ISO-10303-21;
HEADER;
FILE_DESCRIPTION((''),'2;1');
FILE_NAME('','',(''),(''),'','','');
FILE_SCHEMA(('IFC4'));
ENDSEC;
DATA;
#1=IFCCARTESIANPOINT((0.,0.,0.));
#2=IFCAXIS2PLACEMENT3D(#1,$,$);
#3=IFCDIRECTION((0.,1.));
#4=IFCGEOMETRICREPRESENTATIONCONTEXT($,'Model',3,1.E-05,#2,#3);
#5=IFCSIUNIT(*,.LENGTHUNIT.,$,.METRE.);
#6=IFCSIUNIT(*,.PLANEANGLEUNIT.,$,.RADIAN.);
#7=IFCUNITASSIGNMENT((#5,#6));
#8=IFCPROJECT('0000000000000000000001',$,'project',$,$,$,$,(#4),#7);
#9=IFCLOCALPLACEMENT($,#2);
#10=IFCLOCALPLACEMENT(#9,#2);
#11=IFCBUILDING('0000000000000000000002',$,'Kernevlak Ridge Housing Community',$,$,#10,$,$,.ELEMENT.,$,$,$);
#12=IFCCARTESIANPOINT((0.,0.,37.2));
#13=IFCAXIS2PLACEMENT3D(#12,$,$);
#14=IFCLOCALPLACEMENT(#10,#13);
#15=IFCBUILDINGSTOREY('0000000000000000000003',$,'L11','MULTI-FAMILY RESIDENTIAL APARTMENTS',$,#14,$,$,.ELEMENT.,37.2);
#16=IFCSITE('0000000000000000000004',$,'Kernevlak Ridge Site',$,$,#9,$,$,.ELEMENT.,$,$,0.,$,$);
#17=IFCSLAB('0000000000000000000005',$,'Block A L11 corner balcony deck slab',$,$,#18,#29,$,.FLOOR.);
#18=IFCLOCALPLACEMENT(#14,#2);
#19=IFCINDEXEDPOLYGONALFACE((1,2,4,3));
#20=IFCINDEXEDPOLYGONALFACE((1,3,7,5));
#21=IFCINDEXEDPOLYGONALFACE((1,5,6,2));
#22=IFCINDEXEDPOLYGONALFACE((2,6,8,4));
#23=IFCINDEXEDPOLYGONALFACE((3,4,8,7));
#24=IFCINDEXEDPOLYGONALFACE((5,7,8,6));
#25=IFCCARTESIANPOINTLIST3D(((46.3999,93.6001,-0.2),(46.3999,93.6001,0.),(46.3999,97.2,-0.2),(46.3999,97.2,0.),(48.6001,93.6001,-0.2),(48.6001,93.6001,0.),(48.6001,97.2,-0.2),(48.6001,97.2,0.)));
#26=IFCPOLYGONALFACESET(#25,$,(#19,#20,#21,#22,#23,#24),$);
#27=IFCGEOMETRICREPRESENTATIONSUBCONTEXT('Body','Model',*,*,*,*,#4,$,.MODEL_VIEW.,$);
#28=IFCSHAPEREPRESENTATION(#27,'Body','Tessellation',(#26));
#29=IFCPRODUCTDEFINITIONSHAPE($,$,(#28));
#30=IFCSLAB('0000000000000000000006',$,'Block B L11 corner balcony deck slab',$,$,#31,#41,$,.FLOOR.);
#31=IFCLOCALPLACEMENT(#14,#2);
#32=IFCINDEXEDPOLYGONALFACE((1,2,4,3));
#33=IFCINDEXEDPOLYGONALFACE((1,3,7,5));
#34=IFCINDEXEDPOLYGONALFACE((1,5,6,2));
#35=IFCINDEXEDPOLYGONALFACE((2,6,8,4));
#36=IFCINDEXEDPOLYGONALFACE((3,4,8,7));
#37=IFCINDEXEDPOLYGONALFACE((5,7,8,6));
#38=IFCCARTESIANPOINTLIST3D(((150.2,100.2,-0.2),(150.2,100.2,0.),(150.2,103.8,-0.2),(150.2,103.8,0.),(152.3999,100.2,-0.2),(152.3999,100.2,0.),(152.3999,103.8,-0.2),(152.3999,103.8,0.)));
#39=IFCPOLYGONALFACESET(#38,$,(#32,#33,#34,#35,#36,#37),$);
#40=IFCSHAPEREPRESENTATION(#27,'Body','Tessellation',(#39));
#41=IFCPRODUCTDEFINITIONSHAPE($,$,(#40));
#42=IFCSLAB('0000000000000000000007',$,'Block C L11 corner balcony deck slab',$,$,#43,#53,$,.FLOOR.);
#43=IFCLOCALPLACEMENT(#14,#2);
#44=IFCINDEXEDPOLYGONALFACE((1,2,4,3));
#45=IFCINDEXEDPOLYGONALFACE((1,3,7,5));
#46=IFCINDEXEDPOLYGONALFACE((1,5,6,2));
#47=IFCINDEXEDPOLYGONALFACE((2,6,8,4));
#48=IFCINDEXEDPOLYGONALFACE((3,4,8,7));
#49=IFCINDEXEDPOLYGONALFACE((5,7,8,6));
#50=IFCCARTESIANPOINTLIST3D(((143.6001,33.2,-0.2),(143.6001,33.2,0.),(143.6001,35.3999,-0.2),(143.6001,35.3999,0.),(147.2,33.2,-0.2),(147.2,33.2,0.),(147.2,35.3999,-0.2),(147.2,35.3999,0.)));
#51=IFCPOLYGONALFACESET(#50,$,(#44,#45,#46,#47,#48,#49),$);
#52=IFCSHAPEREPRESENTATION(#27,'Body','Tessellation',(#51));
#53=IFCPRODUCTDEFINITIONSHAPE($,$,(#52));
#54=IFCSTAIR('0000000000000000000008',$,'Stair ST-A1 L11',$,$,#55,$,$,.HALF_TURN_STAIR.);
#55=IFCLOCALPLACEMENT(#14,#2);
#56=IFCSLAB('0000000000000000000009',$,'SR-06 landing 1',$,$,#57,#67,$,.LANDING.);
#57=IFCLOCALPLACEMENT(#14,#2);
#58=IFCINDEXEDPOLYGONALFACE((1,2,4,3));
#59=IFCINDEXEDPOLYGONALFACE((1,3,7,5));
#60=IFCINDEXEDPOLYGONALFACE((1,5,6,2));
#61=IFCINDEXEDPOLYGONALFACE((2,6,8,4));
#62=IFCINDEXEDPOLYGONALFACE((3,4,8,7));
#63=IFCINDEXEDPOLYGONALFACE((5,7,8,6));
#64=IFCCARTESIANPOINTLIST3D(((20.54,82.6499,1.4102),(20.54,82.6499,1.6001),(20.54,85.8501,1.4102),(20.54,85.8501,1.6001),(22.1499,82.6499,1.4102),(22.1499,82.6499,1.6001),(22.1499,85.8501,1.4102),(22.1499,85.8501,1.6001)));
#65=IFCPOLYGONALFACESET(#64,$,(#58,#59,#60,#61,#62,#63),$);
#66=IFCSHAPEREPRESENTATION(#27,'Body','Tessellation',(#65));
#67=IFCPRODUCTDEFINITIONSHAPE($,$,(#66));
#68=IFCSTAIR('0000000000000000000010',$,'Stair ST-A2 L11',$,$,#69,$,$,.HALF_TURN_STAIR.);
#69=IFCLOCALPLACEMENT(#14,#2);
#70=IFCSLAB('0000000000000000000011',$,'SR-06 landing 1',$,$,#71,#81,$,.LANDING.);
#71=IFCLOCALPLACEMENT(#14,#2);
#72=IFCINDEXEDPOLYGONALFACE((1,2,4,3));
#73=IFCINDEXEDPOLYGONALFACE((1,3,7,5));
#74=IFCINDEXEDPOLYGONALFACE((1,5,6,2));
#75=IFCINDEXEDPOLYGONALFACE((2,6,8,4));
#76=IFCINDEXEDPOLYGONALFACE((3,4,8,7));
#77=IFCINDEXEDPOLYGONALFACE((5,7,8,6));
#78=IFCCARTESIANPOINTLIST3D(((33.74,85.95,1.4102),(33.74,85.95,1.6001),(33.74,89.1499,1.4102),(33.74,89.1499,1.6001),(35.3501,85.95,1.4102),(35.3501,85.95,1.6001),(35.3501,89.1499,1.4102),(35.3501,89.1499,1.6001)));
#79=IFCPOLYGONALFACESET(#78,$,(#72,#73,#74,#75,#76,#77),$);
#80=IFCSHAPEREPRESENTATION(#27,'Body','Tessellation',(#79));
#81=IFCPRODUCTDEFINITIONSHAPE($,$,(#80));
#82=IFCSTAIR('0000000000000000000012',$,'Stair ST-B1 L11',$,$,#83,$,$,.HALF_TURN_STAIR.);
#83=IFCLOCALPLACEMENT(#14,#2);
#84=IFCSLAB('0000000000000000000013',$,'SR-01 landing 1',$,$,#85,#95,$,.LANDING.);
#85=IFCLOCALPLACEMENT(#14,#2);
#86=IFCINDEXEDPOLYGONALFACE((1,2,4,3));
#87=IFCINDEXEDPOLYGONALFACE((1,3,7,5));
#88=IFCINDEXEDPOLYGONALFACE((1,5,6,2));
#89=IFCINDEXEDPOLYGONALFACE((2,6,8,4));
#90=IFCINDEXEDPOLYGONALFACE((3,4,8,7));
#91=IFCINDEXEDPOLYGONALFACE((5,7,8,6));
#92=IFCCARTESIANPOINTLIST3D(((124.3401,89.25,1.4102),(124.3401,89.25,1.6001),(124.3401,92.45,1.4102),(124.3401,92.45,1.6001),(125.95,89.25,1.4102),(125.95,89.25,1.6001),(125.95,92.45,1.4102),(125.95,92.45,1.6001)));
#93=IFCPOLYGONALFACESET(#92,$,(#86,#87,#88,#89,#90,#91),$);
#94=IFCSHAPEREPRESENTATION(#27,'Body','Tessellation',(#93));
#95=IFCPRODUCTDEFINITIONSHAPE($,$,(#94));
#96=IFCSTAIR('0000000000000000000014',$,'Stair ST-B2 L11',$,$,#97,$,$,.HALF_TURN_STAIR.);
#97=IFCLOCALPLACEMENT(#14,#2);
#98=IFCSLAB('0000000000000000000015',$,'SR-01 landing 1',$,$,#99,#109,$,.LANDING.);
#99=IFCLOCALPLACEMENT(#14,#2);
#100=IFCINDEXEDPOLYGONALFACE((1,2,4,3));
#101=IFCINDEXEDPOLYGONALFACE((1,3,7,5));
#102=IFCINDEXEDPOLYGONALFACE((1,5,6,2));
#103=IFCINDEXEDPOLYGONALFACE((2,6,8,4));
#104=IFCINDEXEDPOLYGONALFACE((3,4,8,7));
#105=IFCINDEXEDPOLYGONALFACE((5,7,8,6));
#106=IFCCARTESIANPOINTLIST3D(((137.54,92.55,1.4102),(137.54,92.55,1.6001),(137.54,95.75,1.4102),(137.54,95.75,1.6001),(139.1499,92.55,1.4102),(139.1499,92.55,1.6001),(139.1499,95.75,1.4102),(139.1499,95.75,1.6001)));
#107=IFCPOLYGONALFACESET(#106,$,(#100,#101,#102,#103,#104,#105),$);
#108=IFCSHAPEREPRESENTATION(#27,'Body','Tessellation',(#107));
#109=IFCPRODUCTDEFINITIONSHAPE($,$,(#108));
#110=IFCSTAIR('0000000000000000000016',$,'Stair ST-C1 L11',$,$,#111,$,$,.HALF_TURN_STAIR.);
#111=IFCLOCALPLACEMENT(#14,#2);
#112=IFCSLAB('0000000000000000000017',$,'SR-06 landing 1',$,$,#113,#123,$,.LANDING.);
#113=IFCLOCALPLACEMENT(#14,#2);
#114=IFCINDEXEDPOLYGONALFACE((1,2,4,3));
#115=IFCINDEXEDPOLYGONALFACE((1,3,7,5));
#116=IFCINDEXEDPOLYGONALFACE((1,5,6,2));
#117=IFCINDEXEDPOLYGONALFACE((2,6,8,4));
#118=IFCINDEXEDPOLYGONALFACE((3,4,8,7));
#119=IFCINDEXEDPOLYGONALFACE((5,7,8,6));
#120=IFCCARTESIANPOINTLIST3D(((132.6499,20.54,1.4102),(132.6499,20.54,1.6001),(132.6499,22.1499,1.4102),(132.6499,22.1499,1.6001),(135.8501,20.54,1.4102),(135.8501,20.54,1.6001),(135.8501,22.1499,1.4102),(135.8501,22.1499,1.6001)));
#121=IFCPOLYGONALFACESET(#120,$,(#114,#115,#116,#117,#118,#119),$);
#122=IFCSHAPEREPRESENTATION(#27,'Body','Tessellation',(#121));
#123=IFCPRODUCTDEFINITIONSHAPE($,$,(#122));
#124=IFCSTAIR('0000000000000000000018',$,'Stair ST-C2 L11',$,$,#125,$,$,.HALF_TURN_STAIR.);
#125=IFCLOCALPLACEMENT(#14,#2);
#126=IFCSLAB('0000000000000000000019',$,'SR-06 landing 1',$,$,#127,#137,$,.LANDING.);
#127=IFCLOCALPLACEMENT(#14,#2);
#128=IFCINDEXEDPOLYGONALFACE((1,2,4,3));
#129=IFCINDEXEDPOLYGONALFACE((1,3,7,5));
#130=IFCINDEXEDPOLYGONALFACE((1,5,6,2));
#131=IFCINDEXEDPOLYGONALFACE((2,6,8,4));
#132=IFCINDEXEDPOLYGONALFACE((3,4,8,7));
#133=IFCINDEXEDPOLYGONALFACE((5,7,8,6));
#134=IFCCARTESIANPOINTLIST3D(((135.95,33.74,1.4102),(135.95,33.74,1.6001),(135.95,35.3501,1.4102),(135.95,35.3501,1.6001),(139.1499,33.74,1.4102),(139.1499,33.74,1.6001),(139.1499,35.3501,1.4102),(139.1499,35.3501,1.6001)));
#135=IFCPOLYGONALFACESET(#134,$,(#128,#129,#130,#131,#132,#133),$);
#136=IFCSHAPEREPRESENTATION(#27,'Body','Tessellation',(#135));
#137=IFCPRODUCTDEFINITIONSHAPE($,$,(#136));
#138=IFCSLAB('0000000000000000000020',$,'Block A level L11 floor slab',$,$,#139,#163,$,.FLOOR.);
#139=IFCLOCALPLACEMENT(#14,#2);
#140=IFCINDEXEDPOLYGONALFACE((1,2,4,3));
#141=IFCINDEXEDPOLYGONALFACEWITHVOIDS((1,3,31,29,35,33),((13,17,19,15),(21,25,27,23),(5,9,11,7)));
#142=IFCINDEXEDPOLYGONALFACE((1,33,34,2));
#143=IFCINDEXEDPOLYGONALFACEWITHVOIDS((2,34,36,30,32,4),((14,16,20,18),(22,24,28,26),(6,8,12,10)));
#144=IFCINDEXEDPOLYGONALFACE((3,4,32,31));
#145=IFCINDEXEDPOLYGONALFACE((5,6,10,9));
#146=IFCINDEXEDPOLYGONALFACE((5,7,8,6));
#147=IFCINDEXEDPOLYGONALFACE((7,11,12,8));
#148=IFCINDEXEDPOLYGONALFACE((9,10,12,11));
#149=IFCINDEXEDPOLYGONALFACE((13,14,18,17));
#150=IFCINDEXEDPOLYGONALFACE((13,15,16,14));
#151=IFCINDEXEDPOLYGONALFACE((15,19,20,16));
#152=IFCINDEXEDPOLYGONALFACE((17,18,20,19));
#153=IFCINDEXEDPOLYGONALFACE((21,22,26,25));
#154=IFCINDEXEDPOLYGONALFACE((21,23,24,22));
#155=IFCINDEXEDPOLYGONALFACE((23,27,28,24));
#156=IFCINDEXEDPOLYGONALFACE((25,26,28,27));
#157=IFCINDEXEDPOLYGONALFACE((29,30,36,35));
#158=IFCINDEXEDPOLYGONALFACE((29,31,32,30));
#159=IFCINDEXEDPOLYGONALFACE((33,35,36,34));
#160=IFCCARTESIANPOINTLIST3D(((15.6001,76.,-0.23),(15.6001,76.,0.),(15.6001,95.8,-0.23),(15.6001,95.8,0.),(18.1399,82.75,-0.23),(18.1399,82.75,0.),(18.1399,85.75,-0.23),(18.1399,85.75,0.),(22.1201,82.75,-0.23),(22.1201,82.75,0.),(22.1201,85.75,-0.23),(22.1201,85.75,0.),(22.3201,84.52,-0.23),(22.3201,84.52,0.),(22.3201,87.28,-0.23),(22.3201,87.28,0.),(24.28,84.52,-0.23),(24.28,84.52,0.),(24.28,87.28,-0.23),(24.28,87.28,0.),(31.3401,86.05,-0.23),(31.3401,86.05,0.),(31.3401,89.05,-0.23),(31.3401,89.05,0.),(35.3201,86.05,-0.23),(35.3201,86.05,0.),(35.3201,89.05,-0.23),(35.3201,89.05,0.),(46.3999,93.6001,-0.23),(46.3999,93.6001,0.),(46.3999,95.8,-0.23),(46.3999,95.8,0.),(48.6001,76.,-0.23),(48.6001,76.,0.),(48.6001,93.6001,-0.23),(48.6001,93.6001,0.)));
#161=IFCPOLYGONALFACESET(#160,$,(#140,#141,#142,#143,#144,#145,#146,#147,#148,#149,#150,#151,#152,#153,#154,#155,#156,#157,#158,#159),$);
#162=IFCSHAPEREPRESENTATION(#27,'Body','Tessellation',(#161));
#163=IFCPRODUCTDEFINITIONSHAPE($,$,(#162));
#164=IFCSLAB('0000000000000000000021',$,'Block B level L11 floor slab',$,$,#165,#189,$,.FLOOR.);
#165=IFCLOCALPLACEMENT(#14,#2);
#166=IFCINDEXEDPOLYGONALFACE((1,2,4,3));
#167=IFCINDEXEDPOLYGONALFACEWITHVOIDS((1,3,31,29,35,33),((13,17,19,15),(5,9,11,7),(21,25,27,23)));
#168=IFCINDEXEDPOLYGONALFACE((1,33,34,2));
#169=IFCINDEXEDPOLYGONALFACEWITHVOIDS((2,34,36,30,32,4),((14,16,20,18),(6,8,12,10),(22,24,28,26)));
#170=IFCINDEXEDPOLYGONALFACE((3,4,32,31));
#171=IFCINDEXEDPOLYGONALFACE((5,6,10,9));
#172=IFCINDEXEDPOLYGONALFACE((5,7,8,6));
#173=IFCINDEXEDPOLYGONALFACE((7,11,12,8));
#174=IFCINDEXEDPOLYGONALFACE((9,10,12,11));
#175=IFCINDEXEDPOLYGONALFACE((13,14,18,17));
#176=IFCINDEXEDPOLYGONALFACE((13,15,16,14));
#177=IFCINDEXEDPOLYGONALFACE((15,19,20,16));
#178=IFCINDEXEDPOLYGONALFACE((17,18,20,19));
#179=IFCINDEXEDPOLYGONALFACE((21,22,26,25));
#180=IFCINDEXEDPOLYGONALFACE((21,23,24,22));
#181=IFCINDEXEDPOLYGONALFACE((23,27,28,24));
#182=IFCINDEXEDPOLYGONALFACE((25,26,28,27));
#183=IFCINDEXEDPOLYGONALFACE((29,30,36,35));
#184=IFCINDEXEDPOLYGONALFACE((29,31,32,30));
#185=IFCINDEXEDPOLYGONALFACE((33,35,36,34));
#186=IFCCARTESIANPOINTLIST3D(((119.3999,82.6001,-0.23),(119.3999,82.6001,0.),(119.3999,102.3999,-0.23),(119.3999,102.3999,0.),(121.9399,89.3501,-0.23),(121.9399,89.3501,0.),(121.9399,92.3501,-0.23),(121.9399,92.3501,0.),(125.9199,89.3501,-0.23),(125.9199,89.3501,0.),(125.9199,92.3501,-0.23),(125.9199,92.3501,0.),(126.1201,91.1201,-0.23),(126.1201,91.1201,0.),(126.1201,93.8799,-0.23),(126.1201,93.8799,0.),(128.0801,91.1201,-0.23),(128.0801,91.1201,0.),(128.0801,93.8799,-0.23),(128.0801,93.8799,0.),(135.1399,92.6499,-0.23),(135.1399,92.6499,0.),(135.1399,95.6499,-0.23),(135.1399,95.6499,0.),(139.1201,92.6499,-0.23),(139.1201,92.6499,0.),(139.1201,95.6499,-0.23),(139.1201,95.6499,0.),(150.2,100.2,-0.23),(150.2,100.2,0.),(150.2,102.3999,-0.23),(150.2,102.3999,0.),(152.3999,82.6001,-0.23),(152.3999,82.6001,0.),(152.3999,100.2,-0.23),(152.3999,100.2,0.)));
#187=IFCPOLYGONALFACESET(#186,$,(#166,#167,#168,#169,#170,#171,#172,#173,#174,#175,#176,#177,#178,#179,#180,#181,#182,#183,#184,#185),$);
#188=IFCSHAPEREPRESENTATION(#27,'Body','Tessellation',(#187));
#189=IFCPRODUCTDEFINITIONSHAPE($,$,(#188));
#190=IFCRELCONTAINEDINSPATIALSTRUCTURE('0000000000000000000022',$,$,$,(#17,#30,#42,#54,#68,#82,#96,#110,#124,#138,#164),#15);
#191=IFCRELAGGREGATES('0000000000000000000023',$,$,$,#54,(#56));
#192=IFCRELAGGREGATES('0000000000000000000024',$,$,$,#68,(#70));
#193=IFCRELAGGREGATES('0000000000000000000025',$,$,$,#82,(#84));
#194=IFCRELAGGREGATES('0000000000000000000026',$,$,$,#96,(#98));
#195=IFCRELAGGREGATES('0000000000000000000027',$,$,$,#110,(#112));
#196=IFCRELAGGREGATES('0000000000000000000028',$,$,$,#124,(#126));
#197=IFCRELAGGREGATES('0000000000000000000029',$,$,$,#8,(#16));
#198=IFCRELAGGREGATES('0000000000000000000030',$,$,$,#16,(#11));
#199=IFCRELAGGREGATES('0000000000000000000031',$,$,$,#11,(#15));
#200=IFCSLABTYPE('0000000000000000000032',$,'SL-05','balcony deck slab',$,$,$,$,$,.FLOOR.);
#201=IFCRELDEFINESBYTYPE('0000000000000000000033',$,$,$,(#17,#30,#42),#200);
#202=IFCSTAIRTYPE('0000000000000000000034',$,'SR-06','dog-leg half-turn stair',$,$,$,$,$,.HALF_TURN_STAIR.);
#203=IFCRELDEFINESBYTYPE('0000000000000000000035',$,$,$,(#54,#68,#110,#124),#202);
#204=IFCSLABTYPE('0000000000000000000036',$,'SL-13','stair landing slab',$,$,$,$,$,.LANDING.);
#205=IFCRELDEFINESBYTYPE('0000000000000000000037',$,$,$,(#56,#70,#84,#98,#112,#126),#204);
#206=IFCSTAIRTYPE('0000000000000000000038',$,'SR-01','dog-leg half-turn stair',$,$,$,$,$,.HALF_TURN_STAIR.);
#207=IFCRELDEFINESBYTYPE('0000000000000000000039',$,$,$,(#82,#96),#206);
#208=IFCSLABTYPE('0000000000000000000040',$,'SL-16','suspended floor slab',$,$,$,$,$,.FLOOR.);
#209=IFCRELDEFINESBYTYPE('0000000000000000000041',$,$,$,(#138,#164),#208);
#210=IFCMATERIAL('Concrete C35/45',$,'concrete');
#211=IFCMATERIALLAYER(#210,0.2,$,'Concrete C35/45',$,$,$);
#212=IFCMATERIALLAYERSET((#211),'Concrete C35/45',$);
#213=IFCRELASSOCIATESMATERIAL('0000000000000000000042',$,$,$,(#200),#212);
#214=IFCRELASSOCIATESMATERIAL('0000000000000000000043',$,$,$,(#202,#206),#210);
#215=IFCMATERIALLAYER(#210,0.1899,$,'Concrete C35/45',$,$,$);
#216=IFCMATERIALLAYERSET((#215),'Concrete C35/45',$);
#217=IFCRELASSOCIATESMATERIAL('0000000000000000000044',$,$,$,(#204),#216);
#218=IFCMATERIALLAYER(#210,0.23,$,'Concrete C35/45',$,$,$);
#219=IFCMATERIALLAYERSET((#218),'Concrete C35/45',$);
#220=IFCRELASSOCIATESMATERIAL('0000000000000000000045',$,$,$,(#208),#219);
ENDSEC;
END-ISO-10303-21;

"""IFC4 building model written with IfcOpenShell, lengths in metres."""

from ifc_helpers import new_model, si_unit, direction, frame, origin, place, context, subcontext, project, spatial, polyline, outline, extrude, material, layer, layer_set, type_object, element, aggregate, save


model = new_model("IFC4")

# Units and contexts
model_context = context("Model", 3, precision=1e-05, world=origin(), true_north=direction((0.0, 1.0)))
body_context = subcontext(model_context, "Body", "Model", "MODEL_VIEW")
ifc_project = project(units=[si_unit("LENGTHUNIT", "METRE"), si_unit("PLANEANGLEUNIT", "RADIAN")], contexts=[model_context])

# Site, building, storey
site_placement = place(None, origin())
site = spatial("IfcSite", under=ifc_project, at=site_placement, Name="Kernevlak Ridge Site", CompositionType="ELEMENT", RefElevation=0.0)
building_placement = place(site_placement, origin())
building = spatial("IfcBuilding", under=site, at=building_placement, Name="Kernevlak Ridge Housing Community", CompositionType="ELEMENT")
storey_placement = place(building_placement, frame((0.0, 0.0, 37.2)))
storey = spatial("IfcBuildingStorey", under=building, at=storey_placement, Name="L11", Description="MULTI-FAMILY RESIDENTIAL APARTMENTS", CompositionType="ELEMENT", Elevation=37.2)

# Slabs
ifc_material_1 = material(Name="Concrete C35/45", Category="concrete")
ifc_layer_1 = layer(ifc_material_1, 0.2, Name="Concrete C35/45")
ifc_layer_set_1 = layer_set([ifc_layer_1], Name="Concrete C35/45")
slab_type_1 = type_object("IfcSlabType", Name="SL-05", Description="balcony deck slab", PredefinedType="FLOOR", material=ifc_layer_set_1)
slab_1_placement = place(storey_placement, frame((0.0, 0.0, -0.2)))
element("IfcSlab", 1, at=slab_1_placement, inside=storey, type_object=slab_type_1, Name="Block A L11 corner balcony deck slab", PredefinedType="FLOOR", context=body_context, shape_type="SweptSolid", body=[
    extrude(outline(polyline([(46.3999, 93.6001), (48.6001, 93.6001), (48.6001, 97.2), (46.3999, 97.2), (46.3999, 93.6001)])), origin(), (0.0, 0.0, 1.0), 0.2),
])
slab_2_placement = place(storey_placement, frame((0.0, 0.0, -0.2)))
element("IfcSlab", 2, at=slab_2_placement, inside=storey, type_object=slab_type_1, Name="Block B L11 corner balcony deck slab", PredefinedType="FLOOR", context=body_context, shape_type="SweptSolid", body=[
    extrude(outline(polyline([(150.2, 100.2), (152.3999, 100.2), (152.3999, 103.8), (150.2, 103.8), (150.2, 100.2)])), origin(), (0.0, 0.0, 1.0), 0.2),
])
slab_3_placement = place(storey_placement, frame((0.0, 0.0, -0.2)))
element("IfcSlab", 3, at=slab_3_placement, inside=storey, type_object=slab_type_1, Name="Block C L11 corner balcony deck slab", PredefinedType="FLOOR", context=body_context, shape_type="SweptSolid", body=[
    extrude(outline(polyline([(147.2, 33.2), (147.2, 35.3999), (143.6001, 35.3999), (143.6001, 33.2), (147.2, 33.2)])), origin(), (0.0, 0.0, 1.0), 0.2),
])

# Stairs, slabs
stair_type_1 = type_object("IfcStairType", Name="SR-06", Description="dog-leg half-turn stair", PredefinedType="HALF_TURN_STAIR", material=ifc_material_1)
stair_1_placement = place(storey_placement, origin())
stair_1 = element("IfcStair", 4, at=stair_1_placement, inside=storey, type_object=stair_type_1, Name="Stair ST-A1 L11", PredefinedType="HALF_TURN_STAIR")
ifc_layer_2 = layer(ifc_material_1, 0.1899, Name="Concrete C35/45")
ifc_layer_set_2 = layer_set([ifc_layer_2], Name="Concrete C35/45")
slab_type_2 = type_object("IfcSlabType", Name="SL-13", Description="stair landing slab", PredefinedType="LANDING", material=ifc_layer_set_2)
slab_4_placement = place(storey_placement, frame((0.0, 0.0, 1.4102)))
slab_4 = element("IfcSlab", 5, at=slab_4_placement, type_object=slab_type_2, Name="SR-06 landing 1", PredefinedType="LANDING", context=body_context, shape_type="SweptSolid", body=[
    extrude(outline(polyline([(20.54, 82.6499), (22.1499, 82.6499), (22.1499, 85.8501), (20.54, 85.8501), (20.54, 82.6499)])), origin(), (0.0, 0.0, 1.0), 0.1899),
])
aggregate(stair_1, [slab_4])
stair_2_placement = place(storey_placement, origin())
stair_2 = element("IfcStair", 6, at=stair_2_placement, inside=storey, type_object=stair_type_1, Name="Stair ST-A2 L11", PredefinedType="HALF_TURN_STAIR")
slab_5_placement = place(storey_placement, frame((0.0, 0.0, 1.4102)))
slab_5 = element("IfcSlab", 7, at=slab_5_placement, type_object=slab_type_2, Name="SR-06 landing 1", PredefinedType="LANDING", context=body_context, shape_type="SweptSolid", body=[
    extrude(outline(polyline([(33.74, 85.95), (35.3501, 85.95), (35.3501, 89.1499), (33.74, 89.1499), (33.74, 85.95)])), origin(), (0.0, 0.0, 1.0), 0.1899),
])
aggregate(stair_2, [slab_5])
stair_type_2 = type_object("IfcStairType", Name="SR-01", Description="dog-leg half-turn stair", PredefinedType="HALF_TURN_STAIR", material=ifc_material_1)
stair_3_placement = place(storey_placement, origin())
stair_3 = element("IfcStair", 8, at=stair_3_placement, inside=storey, type_object=stair_type_2, Name="Stair ST-B1 L11", PredefinedType="HALF_TURN_STAIR")
slab_6_placement = place(storey_placement, frame((0.0, 0.0, 1.4102)))
slab_6 = element("IfcSlab", 9, at=slab_6_placement, type_object=slab_type_2, Name="SR-01 landing 1", PredefinedType="LANDING", context=body_context, shape_type="SweptSolid", body=[
    extrude(outline(polyline([(124.3401, 89.25), (125.95, 89.25), (125.95, 92.45), (124.3401, 92.45), (124.3401, 89.25)])), origin(), (0.0, 0.0, 1.0), 0.1899),
])
aggregate(stair_3, [slab_6])
stair_4_placement = place(storey_placement, origin())
stair_4 = element("IfcStair", 10, at=stair_4_placement, inside=storey, type_object=stair_type_2, Name="Stair ST-B2 L11", PredefinedType="HALF_TURN_STAIR")
slab_7_placement = place(storey_placement, frame((0.0, 0.0, 1.4102)))
slab_7 = element("IfcSlab", 11, at=slab_7_placement, type_object=slab_type_2, Name="SR-01 landing 1", PredefinedType="LANDING", context=body_context, shape_type="SweptSolid", body=[
    extrude(outline(polyline([(137.54, 92.55), (139.1499, 92.55), (139.1499, 95.75), (137.54, 95.75), (137.54, 92.55)])), origin(), (0.0, 0.0, 1.0), 0.1899),
])
aggregate(stair_4, [slab_7])
stair_5_placement = place(storey_placement, origin())
stair_5 = element("IfcStair", 12, at=stair_5_placement, inside=storey, type_object=stair_type_1, Name="Stair ST-C1 L11", PredefinedType="HALF_TURN_STAIR")
slab_8_placement = place(storey_placement, frame((0.0, 0.0, 1.4102)))
slab_8 = element("IfcSlab", 13, at=slab_8_placement, type_object=slab_type_2, Name="SR-06 landing 1", PredefinedType="LANDING", context=body_context, shape_type="SweptSolid", body=[
    extrude(outline(polyline([(135.8501, 20.54), (135.8501, 22.1499), (132.6499, 22.1499), (132.6499, 20.54), (135.8501, 20.54)])), origin(), (0.0, 0.0, 1.0), 0.1899),
])
aggregate(stair_5, [slab_8])
stair_6_placement = place(storey_placement, origin())
stair_6 = element("IfcStair", 14, at=stair_6_placement, inside=storey, type_object=stair_type_1, Name="Stair ST-C2 L11", PredefinedType="HALF_TURN_STAIR")
slab_9_placement = place(storey_placement, frame((0.0, 0.0, 1.4102)))
slab_9 = element("IfcSlab", 15, at=slab_9_placement, type_object=slab_type_2, Name="SR-06 landing 1", PredefinedType="LANDING", context=body_context, shape_type="SweptSolid", body=[
    extrude(outline(polyline([(139.1499, 33.74), (139.1499, 35.3501), (135.95, 35.3501), (135.95, 33.74), (139.1499, 33.74)])), origin(), (0.0, 0.0, 1.0), 0.1899),
])
aggregate(stair_6, [slab_9])

# Slabs
ifc_layer_3 = layer(ifc_material_1, 0.23, Name="Concrete C35/45")
ifc_layer_set_3 = layer_set([ifc_layer_3], Name="Concrete C35/45")
slab_type_3 = type_object("IfcSlabType", Name="SL-16", Description="suspended floor slab", PredefinedType="FLOOR", material=ifc_layer_set_3)
slab_10_placement = place(storey_placement, frame((0.0, 0.0, -0.23)))
element("IfcSlab", 16, at=slab_10_placement, inside=storey, type_object=slab_type_3, Name="Block A level L11 floor slab", PredefinedType="FLOOR", context=body_context, shape_type="SweptSolid", body=[
    extrude(outline(polyline([(15.6001, 76.0), (48.6001, 76.0), (48.6001, 93.6001), (46.3999, 93.6001), (46.3999, 95.8), (15.6001, 95.8), (15.6001, 76.0)]), holes=[polyline([(18.1399, 85.75), (22.1201, 85.75), (22.1201, 82.75), (18.1399, 82.75), (18.1399, 85.75)]), polyline([(31.3401, 89.05), (35.3201, 89.05), (35.3201, 86.05), (31.3401, 86.05), (31.3401, 89.05)]), polyline([(22.3201, 87.28), (24.28, 87.28), (24.28, 84.52), (22.3201, 84.52), (22.3201, 87.28)])]), origin(), (0.0, 0.0, 1.0), 0.23),
])
slab_11_placement = place(storey_placement, frame((0.0, 0.0, -0.23)))
element("IfcSlab", 17, at=slab_11_placement, inside=storey, type_object=slab_type_3, Name="Block B level L11 floor slab", PredefinedType="FLOOR", context=body_context, shape_type="SweptSolid", body=[
    extrude(outline(polyline([(119.3999, 82.6001), (152.3999, 82.6001), (152.3999, 100.2), (150.2, 100.2), (150.2, 102.3999), (119.3999, 102.3999), (119.3999, 82.6001)]), holes=[polyline([(121.9399, 92.3501), (125.9199, 92.3501), (125.9199, 89.3501), (121.9399, 89.3501), (121.9399, 92.3501)]), polyline([(135.1399, 95.6499), (139.1201, 95.6499), (139.1201, 92.6499), (135.1399, 92.6499), (135.1399, 95.6499)]), polyline([(126.1201, 93.8799), (128.0801, 93.8799), (128.0801, 91.1201), (126.1201, 91.1201), (126.1201, 93.8799)])]), origin(), (0.0, 0.0, 1.0), 0.23),
])

save(model, "model.ifc")
